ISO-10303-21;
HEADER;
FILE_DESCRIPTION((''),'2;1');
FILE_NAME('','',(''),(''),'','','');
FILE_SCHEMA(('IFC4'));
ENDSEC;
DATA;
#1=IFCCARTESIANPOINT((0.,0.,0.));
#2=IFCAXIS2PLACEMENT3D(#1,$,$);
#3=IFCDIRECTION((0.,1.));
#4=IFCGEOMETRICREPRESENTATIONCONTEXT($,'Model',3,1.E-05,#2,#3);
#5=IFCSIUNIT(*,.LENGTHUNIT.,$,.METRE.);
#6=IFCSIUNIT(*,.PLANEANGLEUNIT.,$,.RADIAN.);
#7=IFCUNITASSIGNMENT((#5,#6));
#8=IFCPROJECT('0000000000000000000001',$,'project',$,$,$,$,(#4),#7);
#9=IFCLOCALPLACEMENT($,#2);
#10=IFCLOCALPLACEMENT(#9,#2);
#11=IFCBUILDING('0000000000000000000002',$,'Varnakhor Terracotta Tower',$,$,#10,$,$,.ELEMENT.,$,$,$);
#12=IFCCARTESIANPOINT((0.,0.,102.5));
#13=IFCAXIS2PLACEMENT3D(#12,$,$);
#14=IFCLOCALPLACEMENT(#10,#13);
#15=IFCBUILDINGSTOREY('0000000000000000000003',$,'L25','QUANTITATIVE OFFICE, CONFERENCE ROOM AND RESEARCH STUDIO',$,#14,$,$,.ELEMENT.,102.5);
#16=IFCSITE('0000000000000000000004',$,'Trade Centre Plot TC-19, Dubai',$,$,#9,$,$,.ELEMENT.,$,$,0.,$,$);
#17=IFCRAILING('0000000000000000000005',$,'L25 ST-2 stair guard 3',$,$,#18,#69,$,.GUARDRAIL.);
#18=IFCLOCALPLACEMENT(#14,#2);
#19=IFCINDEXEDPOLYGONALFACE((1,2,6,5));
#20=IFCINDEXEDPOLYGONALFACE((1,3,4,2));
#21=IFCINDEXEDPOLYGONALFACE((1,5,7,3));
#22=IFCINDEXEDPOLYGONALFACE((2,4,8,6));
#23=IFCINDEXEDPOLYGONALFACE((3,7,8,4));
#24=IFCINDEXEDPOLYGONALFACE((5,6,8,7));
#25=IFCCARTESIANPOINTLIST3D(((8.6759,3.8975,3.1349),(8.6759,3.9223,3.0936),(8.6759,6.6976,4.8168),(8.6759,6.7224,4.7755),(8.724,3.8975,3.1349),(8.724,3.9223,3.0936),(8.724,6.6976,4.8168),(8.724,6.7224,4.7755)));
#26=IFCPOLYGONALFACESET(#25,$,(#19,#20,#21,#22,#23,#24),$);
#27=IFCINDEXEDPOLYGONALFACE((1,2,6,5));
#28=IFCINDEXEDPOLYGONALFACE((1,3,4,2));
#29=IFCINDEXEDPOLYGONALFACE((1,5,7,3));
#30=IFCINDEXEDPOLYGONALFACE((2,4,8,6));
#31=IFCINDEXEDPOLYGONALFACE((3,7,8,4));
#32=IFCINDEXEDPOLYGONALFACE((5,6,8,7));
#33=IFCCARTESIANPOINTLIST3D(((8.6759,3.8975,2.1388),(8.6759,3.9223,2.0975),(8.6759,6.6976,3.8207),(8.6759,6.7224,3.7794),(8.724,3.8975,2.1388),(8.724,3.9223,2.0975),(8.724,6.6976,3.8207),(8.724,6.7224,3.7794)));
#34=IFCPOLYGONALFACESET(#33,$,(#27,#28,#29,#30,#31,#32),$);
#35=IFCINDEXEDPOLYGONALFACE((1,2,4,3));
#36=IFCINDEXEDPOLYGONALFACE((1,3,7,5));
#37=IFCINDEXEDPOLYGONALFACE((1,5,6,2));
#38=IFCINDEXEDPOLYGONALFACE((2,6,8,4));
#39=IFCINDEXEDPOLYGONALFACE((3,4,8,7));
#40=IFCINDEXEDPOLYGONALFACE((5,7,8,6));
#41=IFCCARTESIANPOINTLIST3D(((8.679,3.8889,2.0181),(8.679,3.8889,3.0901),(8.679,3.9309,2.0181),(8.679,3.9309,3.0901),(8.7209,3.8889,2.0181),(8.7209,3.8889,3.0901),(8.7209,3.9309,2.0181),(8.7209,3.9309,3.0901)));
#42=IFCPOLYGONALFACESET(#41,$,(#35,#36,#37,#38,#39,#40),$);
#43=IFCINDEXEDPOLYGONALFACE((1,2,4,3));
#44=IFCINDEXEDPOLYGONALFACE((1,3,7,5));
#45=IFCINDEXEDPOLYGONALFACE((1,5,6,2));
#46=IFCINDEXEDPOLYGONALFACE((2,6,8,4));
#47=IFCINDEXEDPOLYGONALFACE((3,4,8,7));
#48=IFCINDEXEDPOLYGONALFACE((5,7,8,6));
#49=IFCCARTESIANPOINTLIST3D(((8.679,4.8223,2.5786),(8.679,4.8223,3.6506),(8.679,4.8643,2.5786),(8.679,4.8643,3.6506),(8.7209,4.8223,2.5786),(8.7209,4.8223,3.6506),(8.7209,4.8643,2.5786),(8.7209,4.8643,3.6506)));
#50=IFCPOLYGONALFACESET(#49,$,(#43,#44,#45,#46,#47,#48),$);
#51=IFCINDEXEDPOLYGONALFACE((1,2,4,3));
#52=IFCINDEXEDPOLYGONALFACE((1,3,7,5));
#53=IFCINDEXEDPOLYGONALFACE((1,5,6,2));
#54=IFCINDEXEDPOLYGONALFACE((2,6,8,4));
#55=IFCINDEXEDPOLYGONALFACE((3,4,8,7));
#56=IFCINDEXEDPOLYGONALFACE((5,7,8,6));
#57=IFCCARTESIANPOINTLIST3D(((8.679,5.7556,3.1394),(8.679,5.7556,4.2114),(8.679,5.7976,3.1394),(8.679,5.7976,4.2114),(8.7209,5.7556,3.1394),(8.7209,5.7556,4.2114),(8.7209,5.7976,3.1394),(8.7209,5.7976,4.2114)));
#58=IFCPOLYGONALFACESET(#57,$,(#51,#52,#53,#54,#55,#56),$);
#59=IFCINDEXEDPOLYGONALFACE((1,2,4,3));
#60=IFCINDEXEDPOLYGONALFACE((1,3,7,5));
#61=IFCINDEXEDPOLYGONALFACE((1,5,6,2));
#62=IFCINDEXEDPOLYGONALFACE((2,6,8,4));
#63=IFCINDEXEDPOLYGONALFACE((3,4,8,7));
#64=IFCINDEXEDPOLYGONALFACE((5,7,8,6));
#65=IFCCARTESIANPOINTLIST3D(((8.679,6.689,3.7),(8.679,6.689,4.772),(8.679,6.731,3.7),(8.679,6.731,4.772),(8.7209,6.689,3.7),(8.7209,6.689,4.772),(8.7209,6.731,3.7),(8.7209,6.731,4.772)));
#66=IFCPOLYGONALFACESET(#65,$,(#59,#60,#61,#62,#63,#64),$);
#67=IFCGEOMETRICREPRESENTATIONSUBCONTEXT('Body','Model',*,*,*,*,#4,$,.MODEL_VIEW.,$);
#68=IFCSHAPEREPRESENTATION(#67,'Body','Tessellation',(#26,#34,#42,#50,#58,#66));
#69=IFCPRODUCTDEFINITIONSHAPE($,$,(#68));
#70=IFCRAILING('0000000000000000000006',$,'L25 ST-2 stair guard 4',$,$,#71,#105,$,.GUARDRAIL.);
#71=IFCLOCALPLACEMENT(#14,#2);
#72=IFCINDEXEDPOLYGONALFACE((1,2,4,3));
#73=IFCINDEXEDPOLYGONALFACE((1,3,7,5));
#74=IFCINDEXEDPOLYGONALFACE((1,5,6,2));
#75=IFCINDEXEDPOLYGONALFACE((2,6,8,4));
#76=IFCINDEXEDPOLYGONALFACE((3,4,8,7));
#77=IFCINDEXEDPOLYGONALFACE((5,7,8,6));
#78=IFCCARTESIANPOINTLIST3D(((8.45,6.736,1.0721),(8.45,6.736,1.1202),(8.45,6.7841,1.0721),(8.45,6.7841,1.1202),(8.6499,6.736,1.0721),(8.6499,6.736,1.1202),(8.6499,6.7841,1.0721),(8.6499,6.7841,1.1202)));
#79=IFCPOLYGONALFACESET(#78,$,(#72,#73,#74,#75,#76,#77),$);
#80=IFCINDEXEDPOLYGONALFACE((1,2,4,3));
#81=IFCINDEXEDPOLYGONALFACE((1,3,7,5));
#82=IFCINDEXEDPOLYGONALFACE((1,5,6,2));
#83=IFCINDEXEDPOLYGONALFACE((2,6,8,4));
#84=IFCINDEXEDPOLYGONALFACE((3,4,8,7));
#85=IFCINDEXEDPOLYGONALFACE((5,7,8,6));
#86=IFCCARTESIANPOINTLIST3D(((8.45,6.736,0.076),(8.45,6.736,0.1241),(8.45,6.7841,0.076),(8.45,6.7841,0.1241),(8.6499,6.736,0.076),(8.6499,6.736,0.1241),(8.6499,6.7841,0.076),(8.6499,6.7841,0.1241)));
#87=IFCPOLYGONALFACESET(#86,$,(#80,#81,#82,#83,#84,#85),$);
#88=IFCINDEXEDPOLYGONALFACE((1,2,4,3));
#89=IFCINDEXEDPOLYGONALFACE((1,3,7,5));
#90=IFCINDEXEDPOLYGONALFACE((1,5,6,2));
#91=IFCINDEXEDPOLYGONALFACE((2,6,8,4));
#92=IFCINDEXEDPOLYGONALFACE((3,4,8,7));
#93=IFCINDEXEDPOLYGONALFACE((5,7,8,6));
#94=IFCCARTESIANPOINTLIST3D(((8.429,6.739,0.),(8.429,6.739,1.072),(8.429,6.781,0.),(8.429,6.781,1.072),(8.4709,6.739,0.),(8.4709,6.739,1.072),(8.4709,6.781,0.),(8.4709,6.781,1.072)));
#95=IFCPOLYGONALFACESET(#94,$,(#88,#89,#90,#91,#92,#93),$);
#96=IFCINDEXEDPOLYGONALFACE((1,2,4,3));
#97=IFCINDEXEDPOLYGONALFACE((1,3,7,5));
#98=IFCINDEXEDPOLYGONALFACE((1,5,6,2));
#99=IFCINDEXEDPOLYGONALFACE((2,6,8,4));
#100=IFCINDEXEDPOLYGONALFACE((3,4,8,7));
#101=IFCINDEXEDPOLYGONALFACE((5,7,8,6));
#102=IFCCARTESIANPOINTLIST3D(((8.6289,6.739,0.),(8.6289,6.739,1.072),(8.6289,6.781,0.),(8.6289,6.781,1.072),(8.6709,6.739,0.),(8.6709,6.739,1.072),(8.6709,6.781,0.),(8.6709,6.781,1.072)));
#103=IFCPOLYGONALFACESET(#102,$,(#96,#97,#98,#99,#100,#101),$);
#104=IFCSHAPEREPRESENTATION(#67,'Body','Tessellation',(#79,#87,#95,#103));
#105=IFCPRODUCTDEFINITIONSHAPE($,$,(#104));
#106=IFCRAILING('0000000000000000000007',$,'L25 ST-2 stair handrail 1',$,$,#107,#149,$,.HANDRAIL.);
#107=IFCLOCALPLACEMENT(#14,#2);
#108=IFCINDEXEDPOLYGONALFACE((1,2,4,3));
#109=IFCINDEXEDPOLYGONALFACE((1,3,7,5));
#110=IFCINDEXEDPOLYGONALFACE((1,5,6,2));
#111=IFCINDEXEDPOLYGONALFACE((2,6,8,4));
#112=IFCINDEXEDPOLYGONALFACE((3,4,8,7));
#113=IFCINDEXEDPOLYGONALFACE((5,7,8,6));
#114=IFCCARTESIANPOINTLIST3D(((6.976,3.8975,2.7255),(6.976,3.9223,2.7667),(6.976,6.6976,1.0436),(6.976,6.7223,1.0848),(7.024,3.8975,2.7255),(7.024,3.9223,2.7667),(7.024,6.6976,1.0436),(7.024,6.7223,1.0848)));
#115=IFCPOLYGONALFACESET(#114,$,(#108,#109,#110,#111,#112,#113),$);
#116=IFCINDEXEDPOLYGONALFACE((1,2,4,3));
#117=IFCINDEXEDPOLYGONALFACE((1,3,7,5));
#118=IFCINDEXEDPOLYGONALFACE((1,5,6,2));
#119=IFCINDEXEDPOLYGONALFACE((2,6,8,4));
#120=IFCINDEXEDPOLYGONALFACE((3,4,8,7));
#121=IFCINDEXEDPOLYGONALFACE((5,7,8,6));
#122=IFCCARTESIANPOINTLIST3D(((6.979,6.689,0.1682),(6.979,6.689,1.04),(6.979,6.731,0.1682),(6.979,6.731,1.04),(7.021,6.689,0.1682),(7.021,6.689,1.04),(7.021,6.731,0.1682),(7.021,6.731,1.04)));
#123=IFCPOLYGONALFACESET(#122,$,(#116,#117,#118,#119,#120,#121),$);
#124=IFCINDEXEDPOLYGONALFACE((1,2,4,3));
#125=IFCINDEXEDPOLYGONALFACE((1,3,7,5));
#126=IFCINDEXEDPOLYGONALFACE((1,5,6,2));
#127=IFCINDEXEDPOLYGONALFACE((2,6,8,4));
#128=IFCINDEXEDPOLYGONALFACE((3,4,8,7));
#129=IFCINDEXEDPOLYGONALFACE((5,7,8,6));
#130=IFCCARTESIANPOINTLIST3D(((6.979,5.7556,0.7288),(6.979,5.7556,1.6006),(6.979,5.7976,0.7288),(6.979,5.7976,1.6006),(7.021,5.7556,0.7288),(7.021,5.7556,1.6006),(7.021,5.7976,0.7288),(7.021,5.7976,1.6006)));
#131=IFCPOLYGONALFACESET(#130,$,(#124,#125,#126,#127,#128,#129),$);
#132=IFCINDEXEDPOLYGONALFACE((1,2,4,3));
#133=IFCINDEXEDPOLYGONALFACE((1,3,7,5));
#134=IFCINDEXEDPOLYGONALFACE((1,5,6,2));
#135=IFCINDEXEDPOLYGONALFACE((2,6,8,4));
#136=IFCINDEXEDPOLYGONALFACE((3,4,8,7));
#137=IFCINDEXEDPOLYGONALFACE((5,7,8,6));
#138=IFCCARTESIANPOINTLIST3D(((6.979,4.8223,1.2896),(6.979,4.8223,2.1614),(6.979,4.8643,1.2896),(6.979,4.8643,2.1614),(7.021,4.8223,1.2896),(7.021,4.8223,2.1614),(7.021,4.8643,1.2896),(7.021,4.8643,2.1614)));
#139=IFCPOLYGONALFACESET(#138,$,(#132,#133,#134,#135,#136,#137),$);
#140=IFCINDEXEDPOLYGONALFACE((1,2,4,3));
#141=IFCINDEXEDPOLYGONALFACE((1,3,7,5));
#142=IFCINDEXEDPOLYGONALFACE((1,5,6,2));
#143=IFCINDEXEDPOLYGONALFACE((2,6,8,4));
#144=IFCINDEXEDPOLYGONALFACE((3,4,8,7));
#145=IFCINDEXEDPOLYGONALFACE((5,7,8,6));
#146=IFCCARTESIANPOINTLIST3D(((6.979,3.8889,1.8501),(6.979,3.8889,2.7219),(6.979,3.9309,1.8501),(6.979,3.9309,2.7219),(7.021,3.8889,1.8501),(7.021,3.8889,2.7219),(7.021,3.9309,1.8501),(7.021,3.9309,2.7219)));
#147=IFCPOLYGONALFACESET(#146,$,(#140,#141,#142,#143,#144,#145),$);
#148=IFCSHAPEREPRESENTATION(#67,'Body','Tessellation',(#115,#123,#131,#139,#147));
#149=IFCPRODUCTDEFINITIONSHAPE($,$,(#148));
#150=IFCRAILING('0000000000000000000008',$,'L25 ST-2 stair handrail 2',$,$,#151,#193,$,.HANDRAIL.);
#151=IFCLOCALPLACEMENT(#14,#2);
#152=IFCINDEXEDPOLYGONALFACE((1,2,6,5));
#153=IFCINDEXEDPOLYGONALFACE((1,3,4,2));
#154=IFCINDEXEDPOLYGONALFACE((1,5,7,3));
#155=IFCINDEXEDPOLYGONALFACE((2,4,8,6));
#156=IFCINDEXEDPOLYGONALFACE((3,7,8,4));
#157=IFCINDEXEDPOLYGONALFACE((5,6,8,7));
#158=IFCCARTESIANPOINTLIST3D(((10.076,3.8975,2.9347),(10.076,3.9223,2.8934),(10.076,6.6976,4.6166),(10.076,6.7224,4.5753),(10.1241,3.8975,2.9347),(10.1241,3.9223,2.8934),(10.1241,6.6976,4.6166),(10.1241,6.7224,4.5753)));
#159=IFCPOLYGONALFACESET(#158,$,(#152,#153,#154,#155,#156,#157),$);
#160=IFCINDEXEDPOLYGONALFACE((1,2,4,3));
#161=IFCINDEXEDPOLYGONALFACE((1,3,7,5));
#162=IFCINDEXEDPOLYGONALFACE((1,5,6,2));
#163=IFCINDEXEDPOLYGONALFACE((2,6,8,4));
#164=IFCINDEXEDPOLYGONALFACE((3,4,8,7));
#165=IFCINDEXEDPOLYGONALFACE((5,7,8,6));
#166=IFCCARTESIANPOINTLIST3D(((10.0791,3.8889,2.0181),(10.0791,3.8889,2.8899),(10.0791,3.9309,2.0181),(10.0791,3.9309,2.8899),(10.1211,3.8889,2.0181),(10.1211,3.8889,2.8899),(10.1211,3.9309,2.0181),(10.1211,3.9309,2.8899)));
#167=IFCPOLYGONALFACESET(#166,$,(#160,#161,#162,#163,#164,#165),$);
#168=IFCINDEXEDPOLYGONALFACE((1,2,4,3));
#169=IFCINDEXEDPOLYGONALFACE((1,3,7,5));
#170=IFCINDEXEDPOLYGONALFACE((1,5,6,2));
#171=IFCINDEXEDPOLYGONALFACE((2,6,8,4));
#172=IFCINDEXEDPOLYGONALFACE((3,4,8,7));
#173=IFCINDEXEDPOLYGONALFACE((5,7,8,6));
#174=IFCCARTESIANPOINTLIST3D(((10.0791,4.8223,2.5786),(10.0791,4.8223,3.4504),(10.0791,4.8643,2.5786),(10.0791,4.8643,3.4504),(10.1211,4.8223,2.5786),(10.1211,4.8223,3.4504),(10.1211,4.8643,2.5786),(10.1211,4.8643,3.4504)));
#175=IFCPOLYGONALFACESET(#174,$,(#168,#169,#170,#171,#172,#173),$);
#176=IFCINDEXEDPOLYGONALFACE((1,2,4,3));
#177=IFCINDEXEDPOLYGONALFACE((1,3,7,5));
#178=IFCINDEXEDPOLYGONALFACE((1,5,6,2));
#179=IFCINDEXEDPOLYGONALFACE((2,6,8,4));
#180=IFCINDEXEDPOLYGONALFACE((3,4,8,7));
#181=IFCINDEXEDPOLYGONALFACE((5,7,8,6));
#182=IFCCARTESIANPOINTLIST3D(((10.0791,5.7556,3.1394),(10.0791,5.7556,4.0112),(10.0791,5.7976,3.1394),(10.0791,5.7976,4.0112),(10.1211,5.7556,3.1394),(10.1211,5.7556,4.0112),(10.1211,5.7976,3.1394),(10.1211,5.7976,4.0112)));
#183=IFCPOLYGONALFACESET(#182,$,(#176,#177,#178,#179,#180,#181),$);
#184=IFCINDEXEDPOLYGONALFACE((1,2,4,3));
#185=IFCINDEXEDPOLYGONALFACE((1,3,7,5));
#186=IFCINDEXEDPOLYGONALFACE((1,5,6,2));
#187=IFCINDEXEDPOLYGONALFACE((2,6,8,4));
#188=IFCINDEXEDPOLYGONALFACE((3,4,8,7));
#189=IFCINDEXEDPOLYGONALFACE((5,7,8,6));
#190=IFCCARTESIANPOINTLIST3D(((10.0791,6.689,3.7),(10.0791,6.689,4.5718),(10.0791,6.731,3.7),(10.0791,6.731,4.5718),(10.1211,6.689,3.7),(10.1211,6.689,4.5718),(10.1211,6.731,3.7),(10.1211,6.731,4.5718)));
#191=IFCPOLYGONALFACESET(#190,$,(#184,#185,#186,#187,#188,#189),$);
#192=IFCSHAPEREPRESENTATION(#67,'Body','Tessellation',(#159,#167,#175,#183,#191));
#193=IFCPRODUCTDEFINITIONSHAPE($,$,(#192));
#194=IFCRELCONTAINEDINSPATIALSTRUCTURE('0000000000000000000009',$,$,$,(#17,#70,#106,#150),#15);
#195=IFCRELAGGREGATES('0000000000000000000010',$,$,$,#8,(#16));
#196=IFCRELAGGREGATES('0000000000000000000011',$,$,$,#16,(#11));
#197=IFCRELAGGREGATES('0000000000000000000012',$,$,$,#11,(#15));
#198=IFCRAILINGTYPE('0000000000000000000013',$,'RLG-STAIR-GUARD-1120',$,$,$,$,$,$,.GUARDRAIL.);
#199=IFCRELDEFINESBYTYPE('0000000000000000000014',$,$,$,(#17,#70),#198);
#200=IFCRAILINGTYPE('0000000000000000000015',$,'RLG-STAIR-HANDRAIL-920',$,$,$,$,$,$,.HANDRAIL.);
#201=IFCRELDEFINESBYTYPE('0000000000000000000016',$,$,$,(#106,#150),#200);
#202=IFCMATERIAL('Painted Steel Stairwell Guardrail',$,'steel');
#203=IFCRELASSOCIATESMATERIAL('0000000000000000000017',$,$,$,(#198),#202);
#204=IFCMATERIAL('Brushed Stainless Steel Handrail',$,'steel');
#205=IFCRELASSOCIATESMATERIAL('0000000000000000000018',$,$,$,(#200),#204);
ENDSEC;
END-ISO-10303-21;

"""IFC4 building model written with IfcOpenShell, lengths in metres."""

from ifc_helpers import new_model, si_unit, direction, frame, origin, origin_2d, place, context, subcontext, project, spatial, rectangle, extrude, material, type_object, element, save


model = new_model("IFC4")

# Units and contexts
model_context = context("Model", 3, precision=1e-05, world=origin(), true_north=direction((0.0, 1.0)))
body_context = subcontext(model_context, "Body", "Model", "MODEL_VIEW")
ifc_project = project(units=[si_unit("LENGTHUNIT", "METRE"), si_unit("PLANEANGLEUNIT", "RADIAN")], contexts=[model_context])

# Site, building, storey
site_placement = place(None, origin())
site = spatial("IfcSite", under=ifc_project, at=site_placement, Name="Trade Centre Plot TC-19, Dubai", CompositionType="ELEMENT", RefElevation=0.0)
building_placement = place(site_placement, origin())
building = spatial("IfcBuilding", under=site, at=building_placement, Name="Varnakhor Terracotta Tower", CompositionType="ELEMENT")
storey_placement = place(building_placement, frame((0.0, 0.0, 102.5)))
storey = spatial("IfcBuildingStorey", under=building, at=storey_placement, Name="L25", Description="QUANTITATIVE OFFICE, CONFERENCE ROOM AND RESEARCH STUDIO", CompositionType="ELEMENT", Elevation=102.5)

# Railings
ifc_material_1 = material(Name="Painted Steel Stairwell Guardrail", Category="steel")
railing_type_1 = type_object("IfcRailingType", Name="RLG-STAIR-GUARD-1120", PredefinedType="GUARDRAIL", material=ifc_material_1)
railing_1_placement = place(storey_placement, frame((8.7, 3.9099, 2.0181)))
element("IfcRailing", 1, at=railing_1_placement, inside=storey, type_object=railing_type_1, Name="L25 ST-2 stair guard 3", PredefinedType="GUARDRAIL", context=body_context, shape_type="SweptSolid", body=[
    extrude(rectangle(XDim=0.0481, YDim=0.0481, at=origin_2d()), frame((0.0, 0.0, 1.0962), z_axis=(0.0, 0.857242, 0.514913), x_axis=(-1.0, 0.0, 0.0)), (0.0, 0.0, 1.0), 3.2664),
    extrude(rectangle(XDim=0.0481, YDim=0.0481, at=origin_2d()), frame((0.0, 0.0, 0.1001), z_axis=(0.0, 0.857242, 0.514913), x_axis=(-1.0, 0.0, 0.0)), (0.0, 0.0, 1.0), 3.2664),
    extrude(rectangle(XDim=0.042, YDim=0.042, at=origin_2d()), origin(), (0.0, 0.0, 1.0), 1.072),
    extrude(rectangle(XDim=0.042, YDim=0.042, at=origin_2d()), frame((0.0, 0.9333, 0.5605)), (0.0, 0.0, 1.0), 1.072),
    extrude(rectangle(XDim=0.042, YDim=0.042, at=origin_2d()), frame((0.0, 1.8667, 1.1213)), (0.0, 0.0, 1.0), 1.072),
    extrude(rectangle(XDim=0.042, YDim=0.042, at=origin_2d()), frame((0.0, 2.8, 1.6819)), (0.0, 0.0, 1.0), 1.072),
])
railing_2_placement = place(storey_placement, frame((8.45, 6.76, 0.0)))
element("IfcRailing", 2, at=railing_2_placement, inside=storey, type_object=railing_type_1, Name="L25 ST-2 stair guard 4", PredefinedType="GUARDRAIL", context=body_context, shape_type="SweptSolid", body=[
    extrude(rectangle(XDim=0.0481, YDim=0.0481, at=origin_2d()), frame((0.0, 0.0, 1.0962), z_axis=(1.0, 0.0, 0.0), x_axis=(0.0, 1.0, 0.0)), (0.0, 0.0, 1.0), 0.2),
    extrude(rectangle(XDim=0.0481, YDim=0.0481, at=origin_2d()), frame((0.0, 0.0, 0.1001), z_axis=(1.0, 0.0, 0.0), x_axis=(0.0, 1.0, 0.0)), (0.0, 0.0, 1.0), 0.2),
    extrude(rectangle(XDim=0.042, YDim=0.042, at=origin_2d()), origin(), (0.0, 0.0, 1.0), 1.072),
    extrude(rectangle(XDim=0.042, YDim=0.042, at=origin_2d()), frame((0.2, 0.0, 0.0)), (0.0, 0.0, 1.0), 1.072),
])
ifc_material_2 = material(Name="Brushed Stainless Steel Handrail", Category="steel")
railing_type_2 = type_object("IfcRailingType", Name="RLG-STAIR-HANDRAIL-920", PredefinedType="HANDRAIL", material=ifc_material_2)
railing_3_placement = place(storey_placement, frame((7.0, 6.71, 0.1682)))
element("IfcRailing", 3, at=railing_3_placement, inside=storey, type_object=railing_type_2, Name="L25 ST-2 stair handrail 1", PredefinedType="HANDRAIL", context=body_context, shape_type="SweptSolid", body=[
    extrude(rectangle(XDim=0.0481, YDim=0.0481, at=origin_2d()), frame((0.0, 0.0, 0.896), z_axis=(0.0, -0.857242, 0.514913), x_axis=(1.0, 0.0, 0.0)), (0.0, 0.0, 1.0), 3.2664),
    extrude(rectangle(XDim=0.042, YDim=0.042, at=origin_2d()), origin(), (0.0, 0.0, 1.0), 0.8718),
    extrude(rectangle(XDim=0.042, YDim=0.042, at=origin_2d()), frame((0.0, -0.9333, 0.5605)), (0.0, 0.0, 1.0), 0.8718),
    extrude(rectangle(XDim=0.042, YDim=0.042, at=origin_2d()), frame((0.0, -1.8667, 1.1213)), (0.0, 0.0, 1.0), 0.8718),
    extrude(rectangle(XDim=0.042, YDim=0.042, at=origin_2d()), frame((0.0, -2.8, 1.6819)), (0.0, 0.0, 1.0), 0.8718),
])
railing_4_placement = place(storey_placement, frame((10.1001, 3.9099, 2.0181)))
element("IfcRailing", 4, at=railing_4_placement, inside=storey, type_object=railing_type_2, Name="L25 ST-2 stair handrail 2", PredefinedType="HANDRAIL", context=body_context, shape_type="SweptSolid", body=[
    extrude(rectangle(XDim=0.0481, YDim=0.0481, at=origin_2d()), frame((0.0, 0.0, 0.896), z_axis=(0.0, 0.857242, 0.514913), x_axis=(-1.0, 0.0, 0.0)), (0.0, 0.0, 1.0), 3.2664),
    extrude(rectangle(XDim=0.042, YDim=0.042, at=origin_2d()), origin(), (0.0, 0.0, 1.0), 0.8718),
    extrude(rectangle(XDim=0.042, YDim=0.042, at=origin_2d()), frame((0.0, 0.9333, 0.5605)), (0.0, 0.0, 1.0), 0.8718),
    extrude(rectangle(XDim=0.042, YDim=0.042, at=origin_2d()), frame((0.0, 1.8667, 1.1213)), (0.0, 0.0, 1.0), 0.8718),
    extrude(rectangle(XDim=0.042, YDim=0.042, at=origin_2d()), frame((0.0, 2.8, 1.6819)), (0.0, 0.0, 1.0), 0.8718),
])

save(model, "model.ifc")
